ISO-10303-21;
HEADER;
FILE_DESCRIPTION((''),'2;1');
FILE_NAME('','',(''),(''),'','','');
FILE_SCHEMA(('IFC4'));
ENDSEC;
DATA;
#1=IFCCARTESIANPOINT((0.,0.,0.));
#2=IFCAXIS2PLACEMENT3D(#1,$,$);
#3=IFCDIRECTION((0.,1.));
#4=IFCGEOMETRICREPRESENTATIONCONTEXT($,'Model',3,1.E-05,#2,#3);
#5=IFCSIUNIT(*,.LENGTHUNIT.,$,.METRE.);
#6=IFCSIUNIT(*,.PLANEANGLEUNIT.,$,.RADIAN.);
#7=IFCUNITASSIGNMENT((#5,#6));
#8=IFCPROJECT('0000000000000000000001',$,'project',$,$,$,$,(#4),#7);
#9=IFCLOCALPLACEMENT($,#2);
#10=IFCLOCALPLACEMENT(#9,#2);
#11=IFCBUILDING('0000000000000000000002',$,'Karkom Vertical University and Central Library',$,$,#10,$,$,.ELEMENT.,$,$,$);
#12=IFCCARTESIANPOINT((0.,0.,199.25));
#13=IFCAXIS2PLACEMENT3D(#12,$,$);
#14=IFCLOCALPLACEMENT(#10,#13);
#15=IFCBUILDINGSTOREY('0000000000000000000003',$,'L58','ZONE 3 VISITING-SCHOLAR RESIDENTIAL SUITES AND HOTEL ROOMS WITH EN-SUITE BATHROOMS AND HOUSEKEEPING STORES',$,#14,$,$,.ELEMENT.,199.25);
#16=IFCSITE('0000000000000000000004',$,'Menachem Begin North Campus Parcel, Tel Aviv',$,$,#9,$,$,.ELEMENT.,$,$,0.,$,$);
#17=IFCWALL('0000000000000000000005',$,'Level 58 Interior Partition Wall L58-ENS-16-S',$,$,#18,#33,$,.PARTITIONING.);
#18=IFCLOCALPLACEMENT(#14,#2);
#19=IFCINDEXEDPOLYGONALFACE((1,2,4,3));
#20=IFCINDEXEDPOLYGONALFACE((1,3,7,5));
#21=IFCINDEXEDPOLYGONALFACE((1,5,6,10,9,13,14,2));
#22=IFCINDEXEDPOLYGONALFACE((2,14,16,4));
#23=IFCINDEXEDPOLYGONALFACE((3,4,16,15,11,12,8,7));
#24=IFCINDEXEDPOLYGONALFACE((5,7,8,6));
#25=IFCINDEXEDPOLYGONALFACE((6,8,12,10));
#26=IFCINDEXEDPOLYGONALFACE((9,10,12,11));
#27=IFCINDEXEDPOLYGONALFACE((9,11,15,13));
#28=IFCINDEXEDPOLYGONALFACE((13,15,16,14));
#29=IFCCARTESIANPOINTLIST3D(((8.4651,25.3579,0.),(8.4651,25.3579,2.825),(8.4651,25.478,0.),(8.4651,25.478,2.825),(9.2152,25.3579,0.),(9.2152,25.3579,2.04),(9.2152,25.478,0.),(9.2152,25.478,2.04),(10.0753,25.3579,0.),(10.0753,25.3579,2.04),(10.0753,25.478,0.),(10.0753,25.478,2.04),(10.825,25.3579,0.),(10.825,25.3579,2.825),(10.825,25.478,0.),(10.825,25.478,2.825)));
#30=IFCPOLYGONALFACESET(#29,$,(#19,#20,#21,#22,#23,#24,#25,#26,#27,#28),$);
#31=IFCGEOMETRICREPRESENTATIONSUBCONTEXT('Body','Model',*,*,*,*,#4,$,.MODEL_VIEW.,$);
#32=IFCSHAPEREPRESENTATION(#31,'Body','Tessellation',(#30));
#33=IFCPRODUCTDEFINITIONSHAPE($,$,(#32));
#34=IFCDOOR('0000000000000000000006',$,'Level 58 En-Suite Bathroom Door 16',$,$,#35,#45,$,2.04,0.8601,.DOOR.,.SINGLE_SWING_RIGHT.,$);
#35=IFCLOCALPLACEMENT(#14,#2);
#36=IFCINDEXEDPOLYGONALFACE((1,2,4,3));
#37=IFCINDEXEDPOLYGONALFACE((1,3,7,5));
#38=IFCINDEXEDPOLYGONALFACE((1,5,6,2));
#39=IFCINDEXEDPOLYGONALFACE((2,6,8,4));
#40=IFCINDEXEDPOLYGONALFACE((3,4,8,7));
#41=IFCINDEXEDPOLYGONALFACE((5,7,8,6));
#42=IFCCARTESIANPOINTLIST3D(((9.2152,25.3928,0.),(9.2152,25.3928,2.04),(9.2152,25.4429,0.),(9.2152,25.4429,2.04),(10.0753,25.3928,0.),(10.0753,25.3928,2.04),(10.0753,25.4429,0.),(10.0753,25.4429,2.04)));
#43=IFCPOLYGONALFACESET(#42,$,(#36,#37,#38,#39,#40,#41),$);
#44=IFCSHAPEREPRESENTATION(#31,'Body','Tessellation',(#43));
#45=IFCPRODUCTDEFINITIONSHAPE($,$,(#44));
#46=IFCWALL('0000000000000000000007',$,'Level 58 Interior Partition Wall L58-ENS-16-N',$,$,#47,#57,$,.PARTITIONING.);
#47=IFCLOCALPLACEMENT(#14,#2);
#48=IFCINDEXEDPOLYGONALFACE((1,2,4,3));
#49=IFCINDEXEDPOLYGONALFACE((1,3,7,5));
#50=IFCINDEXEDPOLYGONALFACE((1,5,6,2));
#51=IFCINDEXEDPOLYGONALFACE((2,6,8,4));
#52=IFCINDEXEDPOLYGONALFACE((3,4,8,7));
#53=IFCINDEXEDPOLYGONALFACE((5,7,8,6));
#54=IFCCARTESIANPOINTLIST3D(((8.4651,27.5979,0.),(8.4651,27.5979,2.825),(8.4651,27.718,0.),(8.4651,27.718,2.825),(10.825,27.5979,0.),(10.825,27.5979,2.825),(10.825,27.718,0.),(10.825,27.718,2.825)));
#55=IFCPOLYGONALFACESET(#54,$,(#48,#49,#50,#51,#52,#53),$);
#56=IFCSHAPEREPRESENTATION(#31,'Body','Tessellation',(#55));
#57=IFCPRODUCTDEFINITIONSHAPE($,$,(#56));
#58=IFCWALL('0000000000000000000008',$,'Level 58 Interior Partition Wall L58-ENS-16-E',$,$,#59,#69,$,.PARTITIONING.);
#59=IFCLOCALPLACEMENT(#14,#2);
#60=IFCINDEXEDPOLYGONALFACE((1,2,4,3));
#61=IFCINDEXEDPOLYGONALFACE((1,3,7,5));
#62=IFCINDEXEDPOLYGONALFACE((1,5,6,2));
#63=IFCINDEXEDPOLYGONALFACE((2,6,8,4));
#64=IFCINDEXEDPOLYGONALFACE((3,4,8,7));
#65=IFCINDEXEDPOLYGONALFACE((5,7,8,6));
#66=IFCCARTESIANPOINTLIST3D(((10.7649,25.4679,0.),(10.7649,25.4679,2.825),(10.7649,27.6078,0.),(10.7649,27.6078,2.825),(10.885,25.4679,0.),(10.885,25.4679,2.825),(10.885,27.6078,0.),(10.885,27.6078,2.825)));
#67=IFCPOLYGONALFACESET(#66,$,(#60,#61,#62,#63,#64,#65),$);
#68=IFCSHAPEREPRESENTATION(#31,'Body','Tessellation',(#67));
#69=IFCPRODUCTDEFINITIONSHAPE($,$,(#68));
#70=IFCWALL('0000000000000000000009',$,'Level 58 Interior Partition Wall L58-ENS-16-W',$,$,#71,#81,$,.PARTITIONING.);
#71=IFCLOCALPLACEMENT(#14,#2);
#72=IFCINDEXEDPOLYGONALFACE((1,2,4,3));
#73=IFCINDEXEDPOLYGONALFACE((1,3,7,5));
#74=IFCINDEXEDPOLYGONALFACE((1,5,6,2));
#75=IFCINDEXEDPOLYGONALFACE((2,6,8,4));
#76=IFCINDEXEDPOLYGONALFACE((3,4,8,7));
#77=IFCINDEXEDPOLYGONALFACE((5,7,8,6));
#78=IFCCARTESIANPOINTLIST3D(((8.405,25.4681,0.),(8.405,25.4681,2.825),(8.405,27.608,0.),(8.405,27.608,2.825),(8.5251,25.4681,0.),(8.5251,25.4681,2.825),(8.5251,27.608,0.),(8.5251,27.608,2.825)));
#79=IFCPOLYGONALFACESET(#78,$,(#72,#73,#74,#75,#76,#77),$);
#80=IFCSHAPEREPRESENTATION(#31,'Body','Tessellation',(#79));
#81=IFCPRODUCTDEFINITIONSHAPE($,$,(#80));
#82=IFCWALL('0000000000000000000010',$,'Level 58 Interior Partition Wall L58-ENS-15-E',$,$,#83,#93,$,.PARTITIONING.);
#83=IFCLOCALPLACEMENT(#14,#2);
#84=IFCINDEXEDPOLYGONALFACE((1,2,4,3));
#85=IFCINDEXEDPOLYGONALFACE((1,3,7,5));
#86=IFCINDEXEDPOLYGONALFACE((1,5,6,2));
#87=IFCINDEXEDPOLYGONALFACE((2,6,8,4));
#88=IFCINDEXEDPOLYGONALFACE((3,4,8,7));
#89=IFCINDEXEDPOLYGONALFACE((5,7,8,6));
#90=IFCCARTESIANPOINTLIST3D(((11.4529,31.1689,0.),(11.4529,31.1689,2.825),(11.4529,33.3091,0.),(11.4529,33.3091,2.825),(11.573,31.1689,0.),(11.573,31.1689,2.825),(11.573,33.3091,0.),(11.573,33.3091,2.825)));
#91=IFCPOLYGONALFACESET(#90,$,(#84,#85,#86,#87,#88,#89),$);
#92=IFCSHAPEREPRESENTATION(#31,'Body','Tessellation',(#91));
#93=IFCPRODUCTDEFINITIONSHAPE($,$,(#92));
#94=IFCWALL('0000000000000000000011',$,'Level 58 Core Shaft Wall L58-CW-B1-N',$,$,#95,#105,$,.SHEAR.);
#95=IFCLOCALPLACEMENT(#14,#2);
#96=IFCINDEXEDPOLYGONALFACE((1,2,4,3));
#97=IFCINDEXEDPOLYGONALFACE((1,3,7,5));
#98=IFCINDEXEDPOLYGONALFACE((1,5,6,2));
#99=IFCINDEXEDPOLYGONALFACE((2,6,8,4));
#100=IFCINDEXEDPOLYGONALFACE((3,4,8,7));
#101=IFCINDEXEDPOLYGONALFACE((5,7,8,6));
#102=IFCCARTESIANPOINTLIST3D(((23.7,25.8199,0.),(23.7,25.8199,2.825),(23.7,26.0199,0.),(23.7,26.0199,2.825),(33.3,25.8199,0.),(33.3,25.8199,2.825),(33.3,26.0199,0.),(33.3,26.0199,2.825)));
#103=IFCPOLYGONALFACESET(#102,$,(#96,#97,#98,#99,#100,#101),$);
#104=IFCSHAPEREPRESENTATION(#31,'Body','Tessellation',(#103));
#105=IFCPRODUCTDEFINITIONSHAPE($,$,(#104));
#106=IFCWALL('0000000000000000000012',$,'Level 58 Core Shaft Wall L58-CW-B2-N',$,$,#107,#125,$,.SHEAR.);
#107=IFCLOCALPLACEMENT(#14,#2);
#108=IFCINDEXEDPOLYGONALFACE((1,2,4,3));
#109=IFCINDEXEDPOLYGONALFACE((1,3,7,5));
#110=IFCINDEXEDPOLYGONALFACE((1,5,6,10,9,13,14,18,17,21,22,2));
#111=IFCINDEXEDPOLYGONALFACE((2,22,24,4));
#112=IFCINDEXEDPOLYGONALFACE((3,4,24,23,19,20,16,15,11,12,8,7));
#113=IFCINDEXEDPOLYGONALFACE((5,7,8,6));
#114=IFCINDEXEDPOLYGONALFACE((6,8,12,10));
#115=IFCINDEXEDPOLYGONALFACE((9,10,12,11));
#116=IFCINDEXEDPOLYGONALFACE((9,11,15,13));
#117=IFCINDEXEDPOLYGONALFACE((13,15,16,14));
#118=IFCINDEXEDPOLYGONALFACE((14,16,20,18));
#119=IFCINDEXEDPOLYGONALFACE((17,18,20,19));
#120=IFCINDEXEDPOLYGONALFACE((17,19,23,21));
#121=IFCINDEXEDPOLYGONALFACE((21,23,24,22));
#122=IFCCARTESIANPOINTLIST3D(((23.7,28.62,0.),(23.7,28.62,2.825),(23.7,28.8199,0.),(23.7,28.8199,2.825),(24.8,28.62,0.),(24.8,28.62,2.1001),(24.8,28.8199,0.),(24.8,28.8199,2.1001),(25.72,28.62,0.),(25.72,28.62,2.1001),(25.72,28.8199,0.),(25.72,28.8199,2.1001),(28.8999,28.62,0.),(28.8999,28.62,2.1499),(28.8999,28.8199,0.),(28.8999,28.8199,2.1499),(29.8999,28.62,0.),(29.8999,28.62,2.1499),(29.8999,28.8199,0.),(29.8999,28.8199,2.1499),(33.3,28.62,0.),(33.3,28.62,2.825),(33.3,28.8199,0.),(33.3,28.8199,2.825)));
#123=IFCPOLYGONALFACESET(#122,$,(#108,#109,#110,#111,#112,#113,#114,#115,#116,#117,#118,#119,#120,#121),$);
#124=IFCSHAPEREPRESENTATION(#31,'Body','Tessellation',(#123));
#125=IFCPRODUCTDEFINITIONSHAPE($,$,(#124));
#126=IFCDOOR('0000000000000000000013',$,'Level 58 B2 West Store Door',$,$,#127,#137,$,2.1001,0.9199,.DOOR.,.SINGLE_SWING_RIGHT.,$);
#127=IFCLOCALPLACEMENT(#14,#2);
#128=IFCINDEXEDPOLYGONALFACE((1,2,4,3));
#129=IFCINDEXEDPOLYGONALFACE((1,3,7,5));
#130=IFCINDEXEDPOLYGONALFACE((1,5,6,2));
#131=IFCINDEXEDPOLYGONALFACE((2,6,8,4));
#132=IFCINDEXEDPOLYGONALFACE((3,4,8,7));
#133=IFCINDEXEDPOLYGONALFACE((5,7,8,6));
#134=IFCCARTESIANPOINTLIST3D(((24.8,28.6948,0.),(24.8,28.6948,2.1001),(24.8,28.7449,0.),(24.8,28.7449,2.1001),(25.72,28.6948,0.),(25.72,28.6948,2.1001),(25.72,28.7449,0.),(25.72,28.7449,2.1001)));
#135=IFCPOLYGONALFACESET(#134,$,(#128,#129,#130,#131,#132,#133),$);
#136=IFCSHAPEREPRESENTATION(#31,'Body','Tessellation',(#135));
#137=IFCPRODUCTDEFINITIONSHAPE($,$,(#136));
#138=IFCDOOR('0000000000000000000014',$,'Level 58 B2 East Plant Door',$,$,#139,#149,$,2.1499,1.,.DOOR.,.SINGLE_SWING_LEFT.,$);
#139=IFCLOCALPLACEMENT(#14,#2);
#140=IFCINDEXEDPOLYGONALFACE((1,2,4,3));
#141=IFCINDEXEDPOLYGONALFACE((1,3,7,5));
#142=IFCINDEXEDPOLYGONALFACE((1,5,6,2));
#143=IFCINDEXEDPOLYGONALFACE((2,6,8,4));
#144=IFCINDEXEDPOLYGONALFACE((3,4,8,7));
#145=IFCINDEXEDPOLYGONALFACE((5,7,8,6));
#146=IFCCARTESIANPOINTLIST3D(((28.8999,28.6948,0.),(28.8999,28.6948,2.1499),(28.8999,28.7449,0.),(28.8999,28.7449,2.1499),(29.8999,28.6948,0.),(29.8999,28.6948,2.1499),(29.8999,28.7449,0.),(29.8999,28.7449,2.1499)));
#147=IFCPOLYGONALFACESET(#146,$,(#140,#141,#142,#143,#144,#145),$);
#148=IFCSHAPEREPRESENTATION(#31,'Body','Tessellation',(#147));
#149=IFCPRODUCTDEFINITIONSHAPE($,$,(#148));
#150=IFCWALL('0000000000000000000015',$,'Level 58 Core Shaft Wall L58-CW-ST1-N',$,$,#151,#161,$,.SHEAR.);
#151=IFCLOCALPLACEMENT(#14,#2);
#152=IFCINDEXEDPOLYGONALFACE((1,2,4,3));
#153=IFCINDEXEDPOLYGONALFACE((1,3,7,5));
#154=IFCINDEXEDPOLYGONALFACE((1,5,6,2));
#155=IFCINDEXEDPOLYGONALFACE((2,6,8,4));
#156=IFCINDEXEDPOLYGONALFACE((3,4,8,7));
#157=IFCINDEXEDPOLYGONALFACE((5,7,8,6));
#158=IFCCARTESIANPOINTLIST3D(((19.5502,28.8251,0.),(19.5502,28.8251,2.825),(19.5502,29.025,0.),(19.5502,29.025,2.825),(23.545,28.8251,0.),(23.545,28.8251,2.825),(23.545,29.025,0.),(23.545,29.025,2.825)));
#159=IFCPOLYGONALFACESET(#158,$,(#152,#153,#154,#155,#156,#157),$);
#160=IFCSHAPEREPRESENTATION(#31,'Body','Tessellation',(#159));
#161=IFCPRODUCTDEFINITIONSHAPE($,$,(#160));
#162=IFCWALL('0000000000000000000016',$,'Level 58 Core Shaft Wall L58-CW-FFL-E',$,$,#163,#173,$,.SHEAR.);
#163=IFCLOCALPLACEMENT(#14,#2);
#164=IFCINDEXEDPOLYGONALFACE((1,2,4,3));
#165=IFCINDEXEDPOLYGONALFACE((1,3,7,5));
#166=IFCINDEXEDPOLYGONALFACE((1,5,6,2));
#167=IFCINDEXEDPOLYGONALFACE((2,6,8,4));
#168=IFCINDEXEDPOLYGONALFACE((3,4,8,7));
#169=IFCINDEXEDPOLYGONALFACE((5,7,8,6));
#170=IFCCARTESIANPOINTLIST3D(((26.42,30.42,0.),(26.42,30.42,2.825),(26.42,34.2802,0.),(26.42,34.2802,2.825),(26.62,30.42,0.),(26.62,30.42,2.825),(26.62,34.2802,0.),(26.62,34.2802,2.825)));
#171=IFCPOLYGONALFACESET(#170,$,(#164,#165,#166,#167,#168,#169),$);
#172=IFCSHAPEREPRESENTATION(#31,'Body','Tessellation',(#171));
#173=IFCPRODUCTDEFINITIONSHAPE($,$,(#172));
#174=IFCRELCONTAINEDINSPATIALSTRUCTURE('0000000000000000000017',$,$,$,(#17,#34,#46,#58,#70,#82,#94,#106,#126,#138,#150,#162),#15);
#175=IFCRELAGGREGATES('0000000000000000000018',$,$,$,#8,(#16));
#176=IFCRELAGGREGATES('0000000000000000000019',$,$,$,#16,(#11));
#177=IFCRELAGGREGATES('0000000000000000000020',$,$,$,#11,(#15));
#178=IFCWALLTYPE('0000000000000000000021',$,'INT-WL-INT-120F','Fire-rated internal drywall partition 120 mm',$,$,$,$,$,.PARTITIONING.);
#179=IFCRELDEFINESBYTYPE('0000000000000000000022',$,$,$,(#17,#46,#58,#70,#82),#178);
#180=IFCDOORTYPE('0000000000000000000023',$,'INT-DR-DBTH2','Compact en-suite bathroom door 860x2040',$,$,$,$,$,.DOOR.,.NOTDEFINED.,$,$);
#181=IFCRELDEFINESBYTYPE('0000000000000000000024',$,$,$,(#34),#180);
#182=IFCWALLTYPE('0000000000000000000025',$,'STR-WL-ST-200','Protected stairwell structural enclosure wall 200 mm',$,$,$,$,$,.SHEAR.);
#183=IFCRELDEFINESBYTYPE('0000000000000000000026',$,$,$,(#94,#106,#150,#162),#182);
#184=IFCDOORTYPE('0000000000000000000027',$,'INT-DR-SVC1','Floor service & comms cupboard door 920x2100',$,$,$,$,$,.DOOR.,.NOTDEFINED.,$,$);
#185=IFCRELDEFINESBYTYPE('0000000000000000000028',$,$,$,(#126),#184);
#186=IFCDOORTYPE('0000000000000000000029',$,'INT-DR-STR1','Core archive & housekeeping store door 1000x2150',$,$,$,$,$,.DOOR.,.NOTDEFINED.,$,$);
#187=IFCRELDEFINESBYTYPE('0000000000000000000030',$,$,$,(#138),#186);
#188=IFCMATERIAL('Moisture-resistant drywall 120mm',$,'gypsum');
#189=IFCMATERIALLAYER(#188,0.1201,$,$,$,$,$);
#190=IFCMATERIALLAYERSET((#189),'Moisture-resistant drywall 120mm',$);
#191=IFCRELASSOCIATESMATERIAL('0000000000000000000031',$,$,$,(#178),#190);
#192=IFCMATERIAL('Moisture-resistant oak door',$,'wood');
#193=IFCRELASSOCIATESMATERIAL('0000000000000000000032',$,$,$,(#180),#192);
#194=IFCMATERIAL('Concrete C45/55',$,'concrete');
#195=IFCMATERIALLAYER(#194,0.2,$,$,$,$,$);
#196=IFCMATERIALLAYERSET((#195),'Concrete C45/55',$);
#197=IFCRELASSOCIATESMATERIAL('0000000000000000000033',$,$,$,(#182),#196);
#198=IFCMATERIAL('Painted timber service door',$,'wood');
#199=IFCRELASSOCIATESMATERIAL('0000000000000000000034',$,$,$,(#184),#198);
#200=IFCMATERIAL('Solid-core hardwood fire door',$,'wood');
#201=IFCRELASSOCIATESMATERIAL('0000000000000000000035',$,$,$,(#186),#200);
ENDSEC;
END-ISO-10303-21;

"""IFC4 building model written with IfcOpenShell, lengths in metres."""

from ifc_helpers import new_model, si_unit, direction, frame, frame_2d, origin, origin_with_axes, place, context, subcontext, project, spatial, rectangle, extrude, source, transform, mapped, material, layer, layer_set, type_object, element, fill, save


model = new_model("IFC4")

# Units and contexts
model_context = context("Model", 3, precision=1e-05, world=origin(), true_north=direction((0.0, 1.0)))
body_context = subcontext(model_context, "Body", "Model", "MODEL_VIEW")
ifc_project = project(units=[si_unit("LENGTHUNIT", "METRE"), si_unit("PLANEANGLEUNIT", "RADIAN")], contexts=[model_context])

# Site, building, storey
site_placement = place(None, origin())
site = spatial("IfcSite", under=ifc_project, at=site_placement, Name="Menachem Begin North Campus Parcel, Tel Aviv", CompositionType="ELEMENT", RefElevation=0.0)
building_placement = place(site_placement, origin())
building = spatial("IfcBuilding", under=site, at=building_placement, Name="Karkom Vertical University and Central Library", CompositionType="ELEMENT")
storey_placement = place(building_placement, frame((0.0, 0.0, 199.25)))
storey = spatial("IfcBuildingStorey", under=building, at=storey_placement, Name="L58", Description="ZONE 3 VISITING-SCHOLAR RESIDENTIAL SUITES AND HOTEL ROOMS WITH EN-SUITE BATHROOMS AND HOUSEKEEPING STORES", CompositionType="ELEMENT", Elevation=199.25)

# Shared definitions
ifc_material_1 = material(Name="Moisture-resistant drywall 120mm", Category="gypsum")

# Wall, opening, door
ifc_layer_1 = layer(ifc_material_1, 0.1201)
ifc_layer_set_1 = layer_set([ifc_layer_1], Name="Moisture-resistant drywall 120mm")
wall_type_1 = type_object("IfcWallType", Name="INT-WL-INT-120F", Description="Fire-rated internal drywall partition 120 mm", PredefinedType="PARTITIONING", material=ifc_layer_set_1)
ifc_material_2 = material(Name="Moisture-resistant oak door", Category="wood")
wall_1_placement = place(storey_placement, frame((8.4651, 25.418, 0.0), z_axis=(0.0, 0.0, 1.0), x_axis=(1.0, 0.0, 0.0)))
wall_1 = element("IfcWall", 1, at=wall_1_placement, inside=storey, type_object=wall_type_1, Name="Level 58 Interior Partition Wall L58-ENS-16-S", PredefinedType="PARTITIONING", context=body_context, shape_type="SweptSolid", body=[
    extrude(rectangle(XDim=2.3599, YDim=0.1201, at=frame_2d((1.1799, 0.0))), origin(), (0.0, 0.0, 1.0), 2.825),
])
opening_1_placement = place(wall_1_placement, frame((0.75, 0.0, 0.0)))
opening_1 = element("IfcOpeningElement", 2, at=opening_1_placement, cuts=wall_1, PredefinedType="OPENING", context=body_context, shape_type="SweptSolid", body=[
    extrude(rectangle(XDim=0.8601, YDim=2.04, at=frame_2d((0.4302, 1.02))), frame((0.0, 0.0701, 0.0), z_axis=(0.0, -1.0, 0.0), x_axis=(1.0, 0.0, 0.0)), (0.0, 0.0, 1.0), 0.1401),
])
door_type_1 = type_object("IfcDoorType", Name="INT-DR-DBTH2", Description="Compact en-suite bathroom door 860x2040", OperationType="NOTDEFINED", PredefinedType="DOOR", material=ifc_material_2)
shared_shape_1 = source(origin_with_axes(), body_context, "Body", "SweptSolid", [
    extrude(rectangle(XDim=0.8601, YDim=2.04, at=frame_2d((0.4302, 1.02))), frame((0.0, 0.0249, 0.0), z_axis=(0.0, -1.0, 0.0), x_axis=(1.0, 0.0, 0.0)), (0.0, 0.0, 1.0), 0.05),
])
door_1_placement = place(opening_1_placement, origin())
door_1 = element("IfcDoor", 3, at=door_1_placement, inside=storey, type_object=door_type_1, Name="Level 58 En-Suite Bathroom Door 16", OperationType="SINGLE_SWING_RIGHT", OverallHeight=2.04, OverallWidth=0.8601, PredefinedType="DOOR", context=body_context, shape_type="MappedRepresentation", body=[
    mapped(shared_shape_1, transform((0.0, 0.0, 0.0), scale=1.0)),
])
fill(opening_1, door_1)

# Walls
wall_2_placement = place(storey_placement, frame((10.825, 27.658, 0.0), z_axis=(0.0, 0.0, 1.0), x_axis=(-1.0, 0.0, 0.0)))
element("IfcWall", 4, at=wall_2_placement, inside=storey, type_object=wall_type_1, Name="Level 58 Interior Partition Wall L58-ENS-16-N", PredefinedType="PARTITIONING", context=body_context, shape_type="SweptSolid", body=[
    extrude(rectangle(XDim=2.3599, YDim=0.1201, at=frame_2d((1.1799, 0.0))), origin(), (0.0, 0.0, 1.0), 2.825),
])
for number, where, z_axis, x_axis, name in (
    (5, (10.825, 25.468, 0.0), (0.0, 0.0, 1.0), (0.0, 1.0, 0.0), "Level 58 Interior Partition Wall L58-ENS-16-E"),
    (6, (8.4651, 27.6079, 0.0), (0.0, 0.0, 1.0), (0.0, -1.0, 0.0), "Level 58 Interior Partition Wall L58-ENS-16-W"),
):
    element("IfcWall", number, at=place(storey_placement, frame(where, z_axis=z_axis, x_axis=x_axis)), inside=storey, type_object=wall_type_1, Name=name, PredefinedType="PARTITIONING", context=body_context, shape_type="SweptSolid", body=[
        extrude(rectangle(XDim=2.1399, YDim=0.1201, at=frame_2d((1.0698, 0.0))), origin(), (0.0, 0.0, 1.0), 2.825),
    ])
wall_3_placement = place(storey_placement, frame((11.5129, 31.1689, 0.0), z_axis=(0.0, 0.0, 1.0), x_axis=(0.0, 1.0, 0.0)))
element("IfcWall", 7, at=wall_3_placement, inside=storey, type_object=wall_type_1, Name="Level 58 Interior Partition Wall L58-ENS-15-E", PredefinedType="PARTITIONING", context=body_context, shape_type="SweptSolid", body=[
    extrude(rectangle(XDim=2.1401, YDim=0.1201, at=frame_2d((1.0701, 0.0))), origin(), (0.0, 0.0, 1.0), 2.825),
])
ifc_material_3 = material(Name="Concrete C45/55", Category="concrete")
ifc_layer_2 = layer(ifc_material_3, 0.2)
ifc_layer_set_2 = layer_set([ifc_layer_2], Name="Concrete C45/55")
wall_type_2 = type_object("IfcWallType", Name="STR-WL-ST-200", Description="Protected stairwell structural enclosure wall 200 mm", PredefinedType="SHEAR", material=ifc_layer_set_2)
wall_4_placement = place(storey_placement, frame((23.7, 25.9199, 0.0), z_axis=(0.0, 0.0, 1.0), x_axis=(1.0, 0.0, 0.0)))
element("IfcWall", 8, at=wall_4_placement, inside=storey, type_object=wall_type_2, Name="Level 58 Core Shaft Wall L58-CW-B1-N", PredefinedType="SHEAR", context=body_context, shape_type="SweptSolid", body=[
    extrude(rectangle(XDim=9.6001, YDim=0.2, at=frame_2d((4.8, 0.0))), origin(), (0.0, 0.0, 1.0), 2.825),
])

# Wall, openings, doors
wall_5_placement = place(storey_placement, frame((23.7, 28.72, 0.0), z_axis=(0.0, 0.0, 1.0), x_axis=(1.0, 0.0, 0.0)))
wall_5 = element("IfcWall", 9, at=wall_5_placement, inside=storey, type_object=wall_type_2, Name="Level 58 Core Shaft Wall L58-CW-B2-N", PredefinedType="SHEAR", context=body_context, shape_type="SweptSolid", body=[
    extrude(rectangle(XDim=9.6001, YDim=0.2, at=frame_2d((4.8, 0.0))), origin(), (0.0, 0.0, 1.0), 2.825),
])
opening_2_placement = place(wall_5_placement, frame((1.1001, 0.0, 0.0)))
opening_2 = element("IfcOpeningElement", 10, at=opening_2_placement, cuts=wall_5, PredefinedType="OPENING", context=body_context, shape_type="SweptSolid", body=[
    extrude(rectangle(XDim=0.9199, YDim=2.1001, at=frame_2d((0.46, 1.05))), frame((0.0, 0.1099, 0.0), z_axis=(0.0, -1.0, 0.0), x_axis=(1.0, 0.0, 0.0)), (0.0, 0.0, 1.0), 0.22),
])
opening_3_placement = place(wall_5_placement, frame((5.2, 0.0, 0.0)))
opening_3 = element("IfcOpeningElement", 11, at=opening_3_placement, cuts=wall_5, PredefinedType="OPENING", context=body_context, shape_type="SweptSolid", body=[
    extrude(rectangle(XDim=1.0, YDim=2.1499, at=frame_2d((0.5, 1.075))), frame((0.0, 0.1099, 0.0), z_axis=(0.0, -1.0, 0.0), x_axis=(1.0, 0.0, 0.0)), (0.0, 0.0, 1.0), 0.22),
])
ifc_material_4 = material(Name="Painted timber service door", Category="wood")
door_type_2 = type_object("IfcDoorType", Name="INT-DR-SVC1", Description="Floor service & comms cupboard door 920x2100", OperationType="NOTDEFINED", PredefinedType="DOOR", material=ifc_material_4)
shared_shape_2 = source(origin_with_axes(), body_context, "Body", "SweptSolid", [
    extrude(rectangle(XDim=0.9199, YDim=2.1001, at=frame_2d((0.46, 1.05))), frame((0.0, 0.0249, 0.0), z_axis=(0.0, -1.0, 0.0), x_axis=(1.0, 0.0, 0.0)), (0.0, 0.0, 1.0), 0.05),
])
door_2_placement = place(opening_2_placement, origin())
door_2 = element("IfcDoor", 12, at=door_2_placement, inside=storey, type_object=door_type_2, Name="Level 58 B2 West Store Door", OperationType="SINGLE_SWING_RIGHT", OverallHeight=2.1001, OverallWidth=0.9199, PredefinedType="DOOR", context=body_context, shape_type="MappedRepresentation", body=[
    mapped(shared_shape_2, transform((0.0, 0.0, 0.0), scale=1.0)),
])
fill(opening_2, door_2)
ifc_material_5 = material(Name="Solid-core hardwood fire door", Category="wood")
door_type_3 = type_object("IfcDoorType", Name="INT-DR-STR1", Description="Core archive & housekeeping store door 1000x2150", OperationType="NOTDEFINED", PredefinedType="DOOR", material=ifc_material_5)
shared_shape_3 = source(origin_with_axes(), body_context, "Body", "SweptSolid", [
    extrude(rectangle(XDim=1.0, YDim=2.1499, at=frame_2d((0.5, 1.075))), frame((0.0, 0.0249, 0.0), z_axis=(0.0, -1.0, 0.0), x_axis=(1.0, 0.0, 0.0)), (0.0, 0.0, 1.0), 0.05),
])
door_3_placement = place(opening_3_placement, origin())
door_3 = element("IfcDoor", 13, at=door_3_placement, inside=storey, type_object=door_type_3, Name="Level 58 B2 East Plant Door", OperationType="SINGLE_SWING_LEFT", OverallHeight=2.1499, OverallWidth=1.0, PredefinedType="DOOR", context=body_context, shape_type="MappedRepresentation", body=[
    mapped(shared_shape_3, transform((0.0, 0.0, 0.0), scale=1.0)),
])
fill(opening_3, door_3)

# Walls
wall_6_placement = place(storey_placement, frame((19.55, 28.925, 0.0), z_axis=(0.0, 0.0, 1.0), x_axis=(1.0, 0.0, 0.0)))
element("IfcWall", 14, at=wall_6_placement, inside=storey, type_object=wall_type_2, Name="Level 58 Core Shaft Wall L58-CW-ST1-N", PredefinedType="SHEAR", context=body_context, shape_type="SweptSolid", body=[
    extrude(rectangle(XDim=3.9949, YDim=0.2, at=frame_2d((1.9976, 0.0))), origin(), (0.0, 0.0, 1.0), 2.825),
])
wall_7_placement = place(storey_placement, frame((26.52, 30.4199, 0.0), z_axis=(0.0, 0.0, 1.0), x_axis=(0.0, 1.0, 0.0)))
element("IfcWall", 15, at=wall_7_placement, inside=storey, type_object=wall_type_2, Name="Level 58 Core Shaft Wall L58-CW-FFL-E", PredefinedType="SHEAR", context=body_context, shape_type="SweptSolid", body=[
    extrude(rectangle(XDim=3.8601, YDim=0.2, at=frame_2d((1.9302, 0.0))), origin(), (0.0, 0.0, 1.0), 2.825),
])

save(model, "model.ifc")
